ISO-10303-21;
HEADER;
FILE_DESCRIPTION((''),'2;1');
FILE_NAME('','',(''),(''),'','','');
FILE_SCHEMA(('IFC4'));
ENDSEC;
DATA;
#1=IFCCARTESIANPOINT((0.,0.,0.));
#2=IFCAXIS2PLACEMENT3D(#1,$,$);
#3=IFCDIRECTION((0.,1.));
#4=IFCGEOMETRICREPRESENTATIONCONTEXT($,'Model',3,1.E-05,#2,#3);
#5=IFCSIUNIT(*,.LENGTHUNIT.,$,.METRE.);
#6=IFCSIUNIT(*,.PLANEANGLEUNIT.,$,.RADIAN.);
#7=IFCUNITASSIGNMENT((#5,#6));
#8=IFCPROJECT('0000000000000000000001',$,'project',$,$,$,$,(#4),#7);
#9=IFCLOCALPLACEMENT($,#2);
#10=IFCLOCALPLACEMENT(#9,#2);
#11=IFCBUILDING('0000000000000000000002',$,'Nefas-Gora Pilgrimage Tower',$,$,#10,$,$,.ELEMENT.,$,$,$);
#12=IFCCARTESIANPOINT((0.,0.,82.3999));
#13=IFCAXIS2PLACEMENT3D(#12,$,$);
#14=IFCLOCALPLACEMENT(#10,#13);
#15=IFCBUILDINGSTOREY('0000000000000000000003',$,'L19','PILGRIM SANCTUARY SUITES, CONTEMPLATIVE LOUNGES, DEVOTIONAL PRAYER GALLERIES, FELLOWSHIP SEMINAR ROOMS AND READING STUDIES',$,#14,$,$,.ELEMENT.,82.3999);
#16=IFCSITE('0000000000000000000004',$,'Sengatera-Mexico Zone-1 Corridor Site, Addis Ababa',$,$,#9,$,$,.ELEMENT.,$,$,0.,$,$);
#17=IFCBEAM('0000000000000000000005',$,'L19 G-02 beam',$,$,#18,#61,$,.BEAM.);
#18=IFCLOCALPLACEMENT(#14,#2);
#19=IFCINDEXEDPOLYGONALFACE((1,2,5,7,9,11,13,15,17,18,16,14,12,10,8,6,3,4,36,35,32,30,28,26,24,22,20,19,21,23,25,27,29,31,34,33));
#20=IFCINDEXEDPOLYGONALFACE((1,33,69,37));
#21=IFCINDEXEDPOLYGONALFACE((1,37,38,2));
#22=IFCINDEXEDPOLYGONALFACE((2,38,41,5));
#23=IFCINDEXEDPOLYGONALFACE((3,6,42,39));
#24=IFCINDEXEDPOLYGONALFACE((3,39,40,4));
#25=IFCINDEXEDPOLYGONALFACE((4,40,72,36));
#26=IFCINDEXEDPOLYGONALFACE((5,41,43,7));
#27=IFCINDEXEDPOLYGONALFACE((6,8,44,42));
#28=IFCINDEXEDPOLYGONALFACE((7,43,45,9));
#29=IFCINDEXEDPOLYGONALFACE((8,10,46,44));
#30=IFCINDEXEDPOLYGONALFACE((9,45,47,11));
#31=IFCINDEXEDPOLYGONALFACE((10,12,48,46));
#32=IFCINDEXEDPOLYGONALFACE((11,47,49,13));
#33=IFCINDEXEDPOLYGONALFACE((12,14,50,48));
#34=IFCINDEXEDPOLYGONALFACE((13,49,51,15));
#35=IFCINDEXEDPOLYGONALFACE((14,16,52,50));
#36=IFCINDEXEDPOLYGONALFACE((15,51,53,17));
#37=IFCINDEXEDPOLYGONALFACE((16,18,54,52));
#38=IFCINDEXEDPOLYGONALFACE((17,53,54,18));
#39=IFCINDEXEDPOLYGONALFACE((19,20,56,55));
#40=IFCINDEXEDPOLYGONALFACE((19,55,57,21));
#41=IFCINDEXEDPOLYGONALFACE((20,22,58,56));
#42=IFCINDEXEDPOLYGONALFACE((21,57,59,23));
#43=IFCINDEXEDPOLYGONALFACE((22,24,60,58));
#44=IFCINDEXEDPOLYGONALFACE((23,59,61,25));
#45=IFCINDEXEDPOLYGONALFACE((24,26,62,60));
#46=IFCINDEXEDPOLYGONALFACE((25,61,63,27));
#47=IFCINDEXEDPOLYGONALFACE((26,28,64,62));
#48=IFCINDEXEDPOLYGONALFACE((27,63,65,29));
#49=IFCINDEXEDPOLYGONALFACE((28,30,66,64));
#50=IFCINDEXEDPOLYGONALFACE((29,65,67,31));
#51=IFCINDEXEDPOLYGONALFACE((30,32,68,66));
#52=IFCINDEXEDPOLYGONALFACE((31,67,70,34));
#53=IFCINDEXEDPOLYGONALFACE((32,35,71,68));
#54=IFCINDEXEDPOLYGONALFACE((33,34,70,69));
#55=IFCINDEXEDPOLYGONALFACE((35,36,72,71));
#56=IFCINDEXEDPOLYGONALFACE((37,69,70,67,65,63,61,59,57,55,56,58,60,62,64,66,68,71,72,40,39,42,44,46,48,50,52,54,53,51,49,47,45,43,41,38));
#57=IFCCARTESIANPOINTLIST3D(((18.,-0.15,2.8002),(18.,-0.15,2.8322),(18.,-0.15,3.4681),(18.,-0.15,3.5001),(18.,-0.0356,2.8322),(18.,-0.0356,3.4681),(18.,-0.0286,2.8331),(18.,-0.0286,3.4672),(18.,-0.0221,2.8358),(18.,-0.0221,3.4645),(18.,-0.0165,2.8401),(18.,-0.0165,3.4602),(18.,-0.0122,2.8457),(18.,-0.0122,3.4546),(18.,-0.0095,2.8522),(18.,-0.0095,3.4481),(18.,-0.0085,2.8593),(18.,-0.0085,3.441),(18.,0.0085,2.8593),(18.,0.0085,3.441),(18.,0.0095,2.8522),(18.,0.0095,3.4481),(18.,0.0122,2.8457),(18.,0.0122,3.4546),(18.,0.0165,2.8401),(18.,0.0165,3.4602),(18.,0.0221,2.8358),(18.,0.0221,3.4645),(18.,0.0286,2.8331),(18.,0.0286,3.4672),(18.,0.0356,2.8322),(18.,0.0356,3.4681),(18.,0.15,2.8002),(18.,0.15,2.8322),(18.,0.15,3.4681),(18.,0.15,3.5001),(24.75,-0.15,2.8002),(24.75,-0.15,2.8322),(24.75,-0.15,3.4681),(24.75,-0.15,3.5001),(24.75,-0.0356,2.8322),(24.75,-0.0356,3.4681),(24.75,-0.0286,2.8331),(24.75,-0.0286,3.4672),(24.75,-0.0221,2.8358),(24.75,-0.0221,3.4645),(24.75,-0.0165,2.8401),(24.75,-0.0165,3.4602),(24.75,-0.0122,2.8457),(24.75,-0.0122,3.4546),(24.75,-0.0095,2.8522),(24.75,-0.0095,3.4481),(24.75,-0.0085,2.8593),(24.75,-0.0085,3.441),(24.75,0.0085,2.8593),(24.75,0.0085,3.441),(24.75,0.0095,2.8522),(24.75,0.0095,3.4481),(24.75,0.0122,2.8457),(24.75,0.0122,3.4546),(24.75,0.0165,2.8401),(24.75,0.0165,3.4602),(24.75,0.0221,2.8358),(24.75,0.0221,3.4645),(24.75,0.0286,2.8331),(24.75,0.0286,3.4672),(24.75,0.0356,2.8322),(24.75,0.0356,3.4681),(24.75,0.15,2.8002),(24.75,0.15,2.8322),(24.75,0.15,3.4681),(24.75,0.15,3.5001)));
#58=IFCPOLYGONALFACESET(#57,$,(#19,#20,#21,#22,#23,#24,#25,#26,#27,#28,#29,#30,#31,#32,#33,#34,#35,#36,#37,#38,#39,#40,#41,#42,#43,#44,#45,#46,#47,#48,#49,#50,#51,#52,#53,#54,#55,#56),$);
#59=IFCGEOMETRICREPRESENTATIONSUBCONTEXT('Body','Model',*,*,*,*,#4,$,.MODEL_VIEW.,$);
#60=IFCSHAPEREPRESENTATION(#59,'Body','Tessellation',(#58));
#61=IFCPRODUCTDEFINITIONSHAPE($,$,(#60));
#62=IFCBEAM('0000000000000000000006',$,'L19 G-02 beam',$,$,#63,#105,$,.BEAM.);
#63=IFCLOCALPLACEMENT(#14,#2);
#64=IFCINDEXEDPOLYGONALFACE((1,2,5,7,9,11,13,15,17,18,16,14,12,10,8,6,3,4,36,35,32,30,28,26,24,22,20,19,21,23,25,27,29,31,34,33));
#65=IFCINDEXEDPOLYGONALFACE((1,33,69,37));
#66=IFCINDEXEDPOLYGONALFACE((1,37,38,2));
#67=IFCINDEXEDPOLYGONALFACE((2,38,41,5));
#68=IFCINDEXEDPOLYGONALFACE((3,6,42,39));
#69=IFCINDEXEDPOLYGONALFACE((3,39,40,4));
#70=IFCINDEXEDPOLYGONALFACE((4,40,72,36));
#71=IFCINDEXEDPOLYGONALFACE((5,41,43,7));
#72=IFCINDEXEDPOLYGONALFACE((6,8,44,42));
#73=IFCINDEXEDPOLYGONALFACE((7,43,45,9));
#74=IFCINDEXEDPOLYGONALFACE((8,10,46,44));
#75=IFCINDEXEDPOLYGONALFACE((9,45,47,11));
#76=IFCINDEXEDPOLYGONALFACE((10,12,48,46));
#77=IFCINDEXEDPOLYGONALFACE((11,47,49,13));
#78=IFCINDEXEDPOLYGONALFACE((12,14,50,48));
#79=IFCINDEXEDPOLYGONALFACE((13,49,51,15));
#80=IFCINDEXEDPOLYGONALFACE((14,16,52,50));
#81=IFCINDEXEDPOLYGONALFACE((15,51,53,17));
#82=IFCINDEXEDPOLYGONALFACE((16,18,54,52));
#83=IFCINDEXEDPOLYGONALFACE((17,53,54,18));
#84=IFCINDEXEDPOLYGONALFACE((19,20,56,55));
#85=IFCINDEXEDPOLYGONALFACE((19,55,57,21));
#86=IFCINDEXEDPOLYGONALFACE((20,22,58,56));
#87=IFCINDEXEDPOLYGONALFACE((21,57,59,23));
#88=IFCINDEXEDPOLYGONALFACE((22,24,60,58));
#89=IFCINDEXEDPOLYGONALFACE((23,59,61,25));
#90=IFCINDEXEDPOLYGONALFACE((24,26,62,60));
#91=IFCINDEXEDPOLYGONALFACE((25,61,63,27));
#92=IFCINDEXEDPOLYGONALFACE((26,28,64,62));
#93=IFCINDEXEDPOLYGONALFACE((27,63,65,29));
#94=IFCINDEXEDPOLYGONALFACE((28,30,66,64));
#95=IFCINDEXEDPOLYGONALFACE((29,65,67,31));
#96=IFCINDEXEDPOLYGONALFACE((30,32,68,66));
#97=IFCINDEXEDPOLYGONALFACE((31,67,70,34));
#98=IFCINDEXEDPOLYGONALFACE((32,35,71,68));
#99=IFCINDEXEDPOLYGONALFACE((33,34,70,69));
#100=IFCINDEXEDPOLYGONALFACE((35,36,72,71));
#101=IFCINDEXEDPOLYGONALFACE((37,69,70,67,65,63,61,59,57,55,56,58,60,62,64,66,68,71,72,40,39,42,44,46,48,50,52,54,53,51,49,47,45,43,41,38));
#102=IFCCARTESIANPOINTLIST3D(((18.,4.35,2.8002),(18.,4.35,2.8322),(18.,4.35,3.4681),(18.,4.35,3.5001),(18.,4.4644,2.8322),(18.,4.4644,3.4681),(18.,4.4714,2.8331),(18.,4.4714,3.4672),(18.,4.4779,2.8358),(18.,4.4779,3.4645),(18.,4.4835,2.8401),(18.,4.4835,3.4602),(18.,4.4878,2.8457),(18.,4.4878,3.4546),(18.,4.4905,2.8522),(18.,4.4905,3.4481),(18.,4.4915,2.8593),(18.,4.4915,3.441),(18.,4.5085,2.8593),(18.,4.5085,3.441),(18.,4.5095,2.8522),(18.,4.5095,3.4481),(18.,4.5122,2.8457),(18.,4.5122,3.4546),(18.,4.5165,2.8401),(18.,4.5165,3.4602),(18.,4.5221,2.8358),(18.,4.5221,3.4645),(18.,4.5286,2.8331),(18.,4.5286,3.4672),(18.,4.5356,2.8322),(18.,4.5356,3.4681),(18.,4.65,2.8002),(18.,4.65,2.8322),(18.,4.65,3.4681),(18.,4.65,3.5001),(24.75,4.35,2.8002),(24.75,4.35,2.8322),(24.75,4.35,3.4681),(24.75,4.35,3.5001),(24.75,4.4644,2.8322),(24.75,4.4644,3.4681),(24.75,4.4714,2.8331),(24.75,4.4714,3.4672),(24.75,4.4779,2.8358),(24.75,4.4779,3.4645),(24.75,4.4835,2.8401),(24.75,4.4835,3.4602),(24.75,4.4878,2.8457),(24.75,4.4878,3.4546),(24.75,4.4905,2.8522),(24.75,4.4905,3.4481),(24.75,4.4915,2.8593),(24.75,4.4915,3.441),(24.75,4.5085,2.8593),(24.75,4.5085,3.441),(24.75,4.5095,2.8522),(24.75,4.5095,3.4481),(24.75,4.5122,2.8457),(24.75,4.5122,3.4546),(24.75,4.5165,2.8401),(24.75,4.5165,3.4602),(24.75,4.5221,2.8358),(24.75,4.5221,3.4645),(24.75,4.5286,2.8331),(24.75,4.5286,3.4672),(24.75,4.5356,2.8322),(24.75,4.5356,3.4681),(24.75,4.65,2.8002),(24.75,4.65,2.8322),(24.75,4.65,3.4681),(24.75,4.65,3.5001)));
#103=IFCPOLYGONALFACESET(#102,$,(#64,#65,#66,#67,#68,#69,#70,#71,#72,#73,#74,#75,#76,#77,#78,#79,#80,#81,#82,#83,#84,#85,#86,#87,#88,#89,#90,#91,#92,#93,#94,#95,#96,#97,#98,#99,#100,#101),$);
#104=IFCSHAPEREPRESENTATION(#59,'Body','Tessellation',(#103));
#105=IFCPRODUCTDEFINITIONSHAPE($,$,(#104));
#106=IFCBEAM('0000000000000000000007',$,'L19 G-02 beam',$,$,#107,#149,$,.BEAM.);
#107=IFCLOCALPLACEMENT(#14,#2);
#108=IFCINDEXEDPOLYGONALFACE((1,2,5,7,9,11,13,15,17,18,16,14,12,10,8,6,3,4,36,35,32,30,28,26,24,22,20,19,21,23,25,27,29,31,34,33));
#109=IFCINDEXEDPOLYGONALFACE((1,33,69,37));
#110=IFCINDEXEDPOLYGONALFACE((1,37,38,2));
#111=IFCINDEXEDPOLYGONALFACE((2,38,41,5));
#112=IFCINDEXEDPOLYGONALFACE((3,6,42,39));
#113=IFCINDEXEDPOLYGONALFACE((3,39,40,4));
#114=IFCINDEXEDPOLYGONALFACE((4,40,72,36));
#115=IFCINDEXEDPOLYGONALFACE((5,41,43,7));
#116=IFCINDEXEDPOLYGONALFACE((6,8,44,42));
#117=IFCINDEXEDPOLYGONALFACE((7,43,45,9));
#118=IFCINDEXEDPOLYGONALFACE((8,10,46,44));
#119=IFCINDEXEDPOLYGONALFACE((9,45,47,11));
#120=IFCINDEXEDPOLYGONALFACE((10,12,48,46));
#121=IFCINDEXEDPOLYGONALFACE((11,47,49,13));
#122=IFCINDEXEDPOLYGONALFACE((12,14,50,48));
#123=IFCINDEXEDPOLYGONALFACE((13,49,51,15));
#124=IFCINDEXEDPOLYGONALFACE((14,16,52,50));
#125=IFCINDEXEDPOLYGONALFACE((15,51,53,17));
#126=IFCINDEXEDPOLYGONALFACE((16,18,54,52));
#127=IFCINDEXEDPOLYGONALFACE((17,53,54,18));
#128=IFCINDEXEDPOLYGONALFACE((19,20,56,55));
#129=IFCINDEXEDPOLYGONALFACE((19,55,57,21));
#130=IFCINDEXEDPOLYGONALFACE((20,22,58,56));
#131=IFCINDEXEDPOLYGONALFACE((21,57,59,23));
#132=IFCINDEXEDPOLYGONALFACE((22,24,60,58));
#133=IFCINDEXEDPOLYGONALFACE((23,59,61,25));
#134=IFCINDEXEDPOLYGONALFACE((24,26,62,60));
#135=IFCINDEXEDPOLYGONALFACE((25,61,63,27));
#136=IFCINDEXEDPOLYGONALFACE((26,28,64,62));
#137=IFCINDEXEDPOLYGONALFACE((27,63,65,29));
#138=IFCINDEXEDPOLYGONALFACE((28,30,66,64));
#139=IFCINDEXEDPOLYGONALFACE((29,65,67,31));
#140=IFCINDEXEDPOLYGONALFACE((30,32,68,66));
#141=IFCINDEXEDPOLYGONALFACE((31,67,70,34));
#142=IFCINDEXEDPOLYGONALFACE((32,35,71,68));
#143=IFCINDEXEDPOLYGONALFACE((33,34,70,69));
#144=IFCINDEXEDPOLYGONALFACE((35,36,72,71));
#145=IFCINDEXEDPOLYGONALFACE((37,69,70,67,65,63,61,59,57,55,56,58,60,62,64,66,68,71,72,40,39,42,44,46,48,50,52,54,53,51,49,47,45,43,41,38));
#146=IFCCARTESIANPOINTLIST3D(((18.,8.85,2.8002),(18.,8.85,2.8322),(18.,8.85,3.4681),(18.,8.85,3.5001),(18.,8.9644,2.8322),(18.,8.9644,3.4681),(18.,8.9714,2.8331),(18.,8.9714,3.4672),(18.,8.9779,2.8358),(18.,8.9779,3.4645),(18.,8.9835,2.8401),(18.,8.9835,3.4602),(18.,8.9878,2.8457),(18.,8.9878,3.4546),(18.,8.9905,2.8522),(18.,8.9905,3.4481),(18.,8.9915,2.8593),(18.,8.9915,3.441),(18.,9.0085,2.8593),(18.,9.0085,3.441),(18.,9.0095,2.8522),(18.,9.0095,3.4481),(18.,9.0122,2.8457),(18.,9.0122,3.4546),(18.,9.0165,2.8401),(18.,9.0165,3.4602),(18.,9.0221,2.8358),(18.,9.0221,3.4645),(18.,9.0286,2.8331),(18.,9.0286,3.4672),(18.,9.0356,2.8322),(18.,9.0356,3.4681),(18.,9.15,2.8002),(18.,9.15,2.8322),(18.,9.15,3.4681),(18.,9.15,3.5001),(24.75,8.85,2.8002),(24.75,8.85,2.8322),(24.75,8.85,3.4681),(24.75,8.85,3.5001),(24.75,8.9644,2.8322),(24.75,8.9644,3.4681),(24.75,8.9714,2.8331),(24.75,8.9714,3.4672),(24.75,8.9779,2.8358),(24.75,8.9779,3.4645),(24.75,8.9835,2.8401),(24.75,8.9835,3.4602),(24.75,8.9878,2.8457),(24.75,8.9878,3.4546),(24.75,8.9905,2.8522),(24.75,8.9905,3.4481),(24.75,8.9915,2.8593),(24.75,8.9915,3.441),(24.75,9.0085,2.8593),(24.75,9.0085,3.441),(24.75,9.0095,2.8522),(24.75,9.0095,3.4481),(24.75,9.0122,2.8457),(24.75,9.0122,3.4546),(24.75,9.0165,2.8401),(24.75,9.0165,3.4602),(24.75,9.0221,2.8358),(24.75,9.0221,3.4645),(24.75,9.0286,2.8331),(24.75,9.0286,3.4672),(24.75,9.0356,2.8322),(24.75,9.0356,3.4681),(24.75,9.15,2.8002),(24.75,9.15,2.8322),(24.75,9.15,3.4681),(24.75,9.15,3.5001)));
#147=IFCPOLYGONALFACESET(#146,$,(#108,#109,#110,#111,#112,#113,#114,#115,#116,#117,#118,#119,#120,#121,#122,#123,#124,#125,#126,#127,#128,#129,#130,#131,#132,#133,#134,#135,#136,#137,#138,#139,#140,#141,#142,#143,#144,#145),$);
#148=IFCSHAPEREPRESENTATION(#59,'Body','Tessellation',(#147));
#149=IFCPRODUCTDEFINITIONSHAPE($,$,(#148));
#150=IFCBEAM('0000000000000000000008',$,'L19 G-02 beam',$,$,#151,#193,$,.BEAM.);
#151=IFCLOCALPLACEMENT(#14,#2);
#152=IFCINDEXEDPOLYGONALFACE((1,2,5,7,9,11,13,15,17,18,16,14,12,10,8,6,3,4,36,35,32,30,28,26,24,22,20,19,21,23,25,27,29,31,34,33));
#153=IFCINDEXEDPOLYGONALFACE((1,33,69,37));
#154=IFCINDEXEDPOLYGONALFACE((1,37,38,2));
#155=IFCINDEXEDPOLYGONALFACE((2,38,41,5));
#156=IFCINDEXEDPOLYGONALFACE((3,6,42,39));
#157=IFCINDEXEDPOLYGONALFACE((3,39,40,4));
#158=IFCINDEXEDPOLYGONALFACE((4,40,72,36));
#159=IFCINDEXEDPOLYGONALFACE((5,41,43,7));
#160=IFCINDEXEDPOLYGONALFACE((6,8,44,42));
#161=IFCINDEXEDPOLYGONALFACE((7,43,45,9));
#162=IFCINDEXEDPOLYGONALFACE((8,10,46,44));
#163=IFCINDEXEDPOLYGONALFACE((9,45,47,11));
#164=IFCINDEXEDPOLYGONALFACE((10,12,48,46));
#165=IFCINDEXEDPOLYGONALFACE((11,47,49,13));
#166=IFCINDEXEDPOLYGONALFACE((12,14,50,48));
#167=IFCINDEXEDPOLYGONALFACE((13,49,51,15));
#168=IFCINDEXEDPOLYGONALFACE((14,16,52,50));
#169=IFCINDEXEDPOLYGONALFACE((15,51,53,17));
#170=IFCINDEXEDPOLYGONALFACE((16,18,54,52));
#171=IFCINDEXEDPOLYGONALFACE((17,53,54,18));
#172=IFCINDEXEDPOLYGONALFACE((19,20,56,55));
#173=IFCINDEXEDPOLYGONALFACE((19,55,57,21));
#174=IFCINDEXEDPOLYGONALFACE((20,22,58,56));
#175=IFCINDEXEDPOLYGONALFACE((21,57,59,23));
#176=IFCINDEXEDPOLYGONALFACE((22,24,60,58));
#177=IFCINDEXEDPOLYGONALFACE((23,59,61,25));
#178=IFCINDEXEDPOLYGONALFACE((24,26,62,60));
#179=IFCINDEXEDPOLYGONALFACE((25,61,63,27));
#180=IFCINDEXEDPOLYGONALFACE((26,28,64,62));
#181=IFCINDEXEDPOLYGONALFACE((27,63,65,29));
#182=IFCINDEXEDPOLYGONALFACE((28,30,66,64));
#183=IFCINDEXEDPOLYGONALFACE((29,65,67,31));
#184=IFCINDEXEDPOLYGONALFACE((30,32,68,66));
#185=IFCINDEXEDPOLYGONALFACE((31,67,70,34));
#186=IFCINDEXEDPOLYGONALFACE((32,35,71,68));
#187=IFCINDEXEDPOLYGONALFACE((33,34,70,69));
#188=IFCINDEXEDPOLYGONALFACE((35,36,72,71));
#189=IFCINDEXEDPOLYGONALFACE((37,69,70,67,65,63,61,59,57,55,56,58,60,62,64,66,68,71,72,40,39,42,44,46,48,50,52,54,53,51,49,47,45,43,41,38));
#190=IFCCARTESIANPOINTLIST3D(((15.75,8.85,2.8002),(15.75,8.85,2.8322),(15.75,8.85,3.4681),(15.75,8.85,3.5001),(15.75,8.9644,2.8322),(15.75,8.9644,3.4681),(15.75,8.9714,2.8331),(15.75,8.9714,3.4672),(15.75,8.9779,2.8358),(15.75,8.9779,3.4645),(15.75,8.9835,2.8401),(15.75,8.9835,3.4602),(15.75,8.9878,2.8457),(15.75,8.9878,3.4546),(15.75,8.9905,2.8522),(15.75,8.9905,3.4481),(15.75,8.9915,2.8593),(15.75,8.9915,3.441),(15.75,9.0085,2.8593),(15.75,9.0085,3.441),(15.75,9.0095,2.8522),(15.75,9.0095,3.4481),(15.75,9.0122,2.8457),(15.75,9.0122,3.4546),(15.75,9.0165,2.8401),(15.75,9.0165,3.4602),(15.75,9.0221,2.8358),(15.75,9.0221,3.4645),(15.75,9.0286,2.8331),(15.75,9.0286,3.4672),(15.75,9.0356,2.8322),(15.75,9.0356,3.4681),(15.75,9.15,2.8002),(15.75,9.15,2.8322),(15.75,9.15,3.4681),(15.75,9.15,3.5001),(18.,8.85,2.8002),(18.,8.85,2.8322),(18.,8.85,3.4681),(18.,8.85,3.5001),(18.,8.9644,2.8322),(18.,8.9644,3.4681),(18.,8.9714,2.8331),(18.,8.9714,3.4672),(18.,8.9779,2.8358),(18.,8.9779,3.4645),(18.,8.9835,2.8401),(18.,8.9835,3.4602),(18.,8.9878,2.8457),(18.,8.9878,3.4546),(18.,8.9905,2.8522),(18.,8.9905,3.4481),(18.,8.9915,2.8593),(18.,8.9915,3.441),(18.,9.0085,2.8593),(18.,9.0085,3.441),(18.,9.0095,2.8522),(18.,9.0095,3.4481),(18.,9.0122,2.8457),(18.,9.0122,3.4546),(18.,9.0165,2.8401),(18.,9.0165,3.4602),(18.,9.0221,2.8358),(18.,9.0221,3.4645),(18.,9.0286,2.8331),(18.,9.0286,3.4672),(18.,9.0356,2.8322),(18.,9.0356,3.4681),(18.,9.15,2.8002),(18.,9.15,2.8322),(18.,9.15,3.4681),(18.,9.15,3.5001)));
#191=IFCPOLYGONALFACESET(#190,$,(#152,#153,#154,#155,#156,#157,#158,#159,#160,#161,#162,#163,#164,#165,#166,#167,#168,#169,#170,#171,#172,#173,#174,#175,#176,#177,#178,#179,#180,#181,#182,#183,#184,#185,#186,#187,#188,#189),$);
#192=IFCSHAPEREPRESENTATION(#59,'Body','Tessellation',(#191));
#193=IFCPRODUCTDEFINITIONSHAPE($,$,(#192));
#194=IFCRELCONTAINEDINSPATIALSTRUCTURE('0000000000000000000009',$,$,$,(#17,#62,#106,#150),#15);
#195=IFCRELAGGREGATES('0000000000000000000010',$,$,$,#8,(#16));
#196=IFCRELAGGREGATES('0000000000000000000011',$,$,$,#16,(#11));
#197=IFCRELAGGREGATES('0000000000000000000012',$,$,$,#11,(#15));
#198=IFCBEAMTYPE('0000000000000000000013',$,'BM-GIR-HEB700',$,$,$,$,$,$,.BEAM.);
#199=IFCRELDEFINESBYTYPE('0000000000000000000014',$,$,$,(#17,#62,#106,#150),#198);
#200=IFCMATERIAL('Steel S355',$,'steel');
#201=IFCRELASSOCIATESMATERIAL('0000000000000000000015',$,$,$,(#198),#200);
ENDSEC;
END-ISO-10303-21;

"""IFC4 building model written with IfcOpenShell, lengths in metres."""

from ifc_helpers import new_model, si_unit, direction, frame, origin, origin_2d, place, context, subcontext, project, spatial, i_section, extrude, source, transform, mapped, material, material_profile, profile_set, type_object, element, save


model = new_model("IFC4")

# Units and contexts
model_context = context("Model", 3, precision=1e-05, world=origin(), true_north=direction((0.0, 1.0)))
body_context = subcontext(model_context, "Body", "Model", "MODEL_VIEW")
ifc_project = project(units=[si_unit("LENGTHUNIT", "METRE"), si_unit("PLANEANGLEUNIT", "RADIAN")], contexts=[model_context])

# Site, building, storey
site_placement = place(None, origin())
site = spatial("IfcSite", under=ifc_project, at=site_placement, Name="Sengatera-Mexico Zone-1 Corridor Site, Addis Ababa", CompositionType="ELEMENT", RefElevation=0.0)
building_placement = place(site_placement, origin())
building = spatial("IfcBuilding", under=site, at=building_placement, Name="Nefas-Gora Pilgrimage Tower", CompositionType="ELEMENT")
storey_placement = place(building_placement, frame((0.0, 0.0, 82.3999)))
storey = spatial("IfcBuildingStorey", under=building, at=storey_placement, Name="L19", Description="PILGRIM SANCTUARY SUITES, CONTEMPLATIVE LOUNGES, DEVOTIONAL PRAYER GALLERIES, FELLOWSHIP SEMINAR ROOMS AND READING STUDIES", CompositionType="ELEMENT", Elevation=82.3999)

# Beams
ifc_material_1 = material(Name="Steel S355", Category="steel")
ifc_material_profile_1 = material_profile(ifc_material_1, i_section(OverallWidth=0.3, OverallDepth=0.7, WebThickness=0.0171, FlangeThickness=0.032, FilletRadius=0.0271, at=origin_2d()), Name="HEB 700")
ifc_profile_set_1 = profile_set([ifc_material_profile_1], Name="Steel S355")
beam_type_1 = type_object("IfcBeamType", Name="BM-GIR-HEB700", PredefinedType="BEAM", material=ifc_profile_set_1)
shared_shape_1 = source(origin(), body_context, "Body", "SweptSolid", [
    extrude(i_section(OverallWidth=0.3, OverallDepth=0.7, WebThickness=0.0171, FlangeThickness=0.032, FilletRadius=0.0271, at=origin_2d()), origin(), (0.0, 0.0, 1.0), 6.75),
])
for number, where, z_axis, x_axis, name in (
    (1, (18.0, 0.0, 3.1501), (1.0, 0.0, 0.0), (0.0, 1.0, 0.0), "L19 G-02 beam"),
    (2, (18.0, 4.5, 3.1501), (1.0, 0.0, 0.0), (0.0, 1.0, 0.0), "L19 G-02 beam"),
    (3, (18.0, 9.0, 3.1501), (1.0, 0.0, 0.0), (0.0, 1.0, 0.0), "L19 G-02 beam"),
):
    element("IfcBeam", number, at=place(storey_placement, frame(where, z_axis=z_axis, x_axis=x_axis)), inside=storey, type_object=beam_type_1, Name=name, PredefinedType="BEAM", context=body_context, shape_type="MappedRepresentation", body=[
        mapped(shared_shape_1, transform((0.0, 0.0, 0.0), x_axis=(1.0, 0.0, 0.0), y_axis=(0.0, 1.0, 0.0), z_axis=(0.0, 0.0, 1.0), scale=1.0)),
    ])
shared_shape_2 = source(origin(), body_context, "Body", "SweptSolid", [
    extrude(i_section(OverallWidth=0.3, OverallDepth=0.7, WebThickness=0.0171, FlangeThickness=0.032, FilletRadius=0.0271, at=origin_2d()), origin(), (0.0, 0.0, 1.0), 2.25),
])
beam_placement = place(storey_placement, frame((15.75, 9.0, 3.1501), z_axis=(1.0, 0.0, 0.0), x_axis=(0.0, 1.0, 0.0)))
element("IfcBeam", 4, at=beam_placement, inside=storey, type_object=beam_type_1, Name="L19 G-02 beam", PredefinedType="BEAM", context=body_context, shape_type="MappedRepresentation", body=[
    mapped(shared_shape_2, transform((0.0, 0.0, 0.0), x_axis=(1.0, 0.0, 0.0), y_axis=(0.0, 1.0, 0.0), z_axis=(0.0, 0.0, 1.0), scale=1.0)),
])

save(model, "model.ifc")
